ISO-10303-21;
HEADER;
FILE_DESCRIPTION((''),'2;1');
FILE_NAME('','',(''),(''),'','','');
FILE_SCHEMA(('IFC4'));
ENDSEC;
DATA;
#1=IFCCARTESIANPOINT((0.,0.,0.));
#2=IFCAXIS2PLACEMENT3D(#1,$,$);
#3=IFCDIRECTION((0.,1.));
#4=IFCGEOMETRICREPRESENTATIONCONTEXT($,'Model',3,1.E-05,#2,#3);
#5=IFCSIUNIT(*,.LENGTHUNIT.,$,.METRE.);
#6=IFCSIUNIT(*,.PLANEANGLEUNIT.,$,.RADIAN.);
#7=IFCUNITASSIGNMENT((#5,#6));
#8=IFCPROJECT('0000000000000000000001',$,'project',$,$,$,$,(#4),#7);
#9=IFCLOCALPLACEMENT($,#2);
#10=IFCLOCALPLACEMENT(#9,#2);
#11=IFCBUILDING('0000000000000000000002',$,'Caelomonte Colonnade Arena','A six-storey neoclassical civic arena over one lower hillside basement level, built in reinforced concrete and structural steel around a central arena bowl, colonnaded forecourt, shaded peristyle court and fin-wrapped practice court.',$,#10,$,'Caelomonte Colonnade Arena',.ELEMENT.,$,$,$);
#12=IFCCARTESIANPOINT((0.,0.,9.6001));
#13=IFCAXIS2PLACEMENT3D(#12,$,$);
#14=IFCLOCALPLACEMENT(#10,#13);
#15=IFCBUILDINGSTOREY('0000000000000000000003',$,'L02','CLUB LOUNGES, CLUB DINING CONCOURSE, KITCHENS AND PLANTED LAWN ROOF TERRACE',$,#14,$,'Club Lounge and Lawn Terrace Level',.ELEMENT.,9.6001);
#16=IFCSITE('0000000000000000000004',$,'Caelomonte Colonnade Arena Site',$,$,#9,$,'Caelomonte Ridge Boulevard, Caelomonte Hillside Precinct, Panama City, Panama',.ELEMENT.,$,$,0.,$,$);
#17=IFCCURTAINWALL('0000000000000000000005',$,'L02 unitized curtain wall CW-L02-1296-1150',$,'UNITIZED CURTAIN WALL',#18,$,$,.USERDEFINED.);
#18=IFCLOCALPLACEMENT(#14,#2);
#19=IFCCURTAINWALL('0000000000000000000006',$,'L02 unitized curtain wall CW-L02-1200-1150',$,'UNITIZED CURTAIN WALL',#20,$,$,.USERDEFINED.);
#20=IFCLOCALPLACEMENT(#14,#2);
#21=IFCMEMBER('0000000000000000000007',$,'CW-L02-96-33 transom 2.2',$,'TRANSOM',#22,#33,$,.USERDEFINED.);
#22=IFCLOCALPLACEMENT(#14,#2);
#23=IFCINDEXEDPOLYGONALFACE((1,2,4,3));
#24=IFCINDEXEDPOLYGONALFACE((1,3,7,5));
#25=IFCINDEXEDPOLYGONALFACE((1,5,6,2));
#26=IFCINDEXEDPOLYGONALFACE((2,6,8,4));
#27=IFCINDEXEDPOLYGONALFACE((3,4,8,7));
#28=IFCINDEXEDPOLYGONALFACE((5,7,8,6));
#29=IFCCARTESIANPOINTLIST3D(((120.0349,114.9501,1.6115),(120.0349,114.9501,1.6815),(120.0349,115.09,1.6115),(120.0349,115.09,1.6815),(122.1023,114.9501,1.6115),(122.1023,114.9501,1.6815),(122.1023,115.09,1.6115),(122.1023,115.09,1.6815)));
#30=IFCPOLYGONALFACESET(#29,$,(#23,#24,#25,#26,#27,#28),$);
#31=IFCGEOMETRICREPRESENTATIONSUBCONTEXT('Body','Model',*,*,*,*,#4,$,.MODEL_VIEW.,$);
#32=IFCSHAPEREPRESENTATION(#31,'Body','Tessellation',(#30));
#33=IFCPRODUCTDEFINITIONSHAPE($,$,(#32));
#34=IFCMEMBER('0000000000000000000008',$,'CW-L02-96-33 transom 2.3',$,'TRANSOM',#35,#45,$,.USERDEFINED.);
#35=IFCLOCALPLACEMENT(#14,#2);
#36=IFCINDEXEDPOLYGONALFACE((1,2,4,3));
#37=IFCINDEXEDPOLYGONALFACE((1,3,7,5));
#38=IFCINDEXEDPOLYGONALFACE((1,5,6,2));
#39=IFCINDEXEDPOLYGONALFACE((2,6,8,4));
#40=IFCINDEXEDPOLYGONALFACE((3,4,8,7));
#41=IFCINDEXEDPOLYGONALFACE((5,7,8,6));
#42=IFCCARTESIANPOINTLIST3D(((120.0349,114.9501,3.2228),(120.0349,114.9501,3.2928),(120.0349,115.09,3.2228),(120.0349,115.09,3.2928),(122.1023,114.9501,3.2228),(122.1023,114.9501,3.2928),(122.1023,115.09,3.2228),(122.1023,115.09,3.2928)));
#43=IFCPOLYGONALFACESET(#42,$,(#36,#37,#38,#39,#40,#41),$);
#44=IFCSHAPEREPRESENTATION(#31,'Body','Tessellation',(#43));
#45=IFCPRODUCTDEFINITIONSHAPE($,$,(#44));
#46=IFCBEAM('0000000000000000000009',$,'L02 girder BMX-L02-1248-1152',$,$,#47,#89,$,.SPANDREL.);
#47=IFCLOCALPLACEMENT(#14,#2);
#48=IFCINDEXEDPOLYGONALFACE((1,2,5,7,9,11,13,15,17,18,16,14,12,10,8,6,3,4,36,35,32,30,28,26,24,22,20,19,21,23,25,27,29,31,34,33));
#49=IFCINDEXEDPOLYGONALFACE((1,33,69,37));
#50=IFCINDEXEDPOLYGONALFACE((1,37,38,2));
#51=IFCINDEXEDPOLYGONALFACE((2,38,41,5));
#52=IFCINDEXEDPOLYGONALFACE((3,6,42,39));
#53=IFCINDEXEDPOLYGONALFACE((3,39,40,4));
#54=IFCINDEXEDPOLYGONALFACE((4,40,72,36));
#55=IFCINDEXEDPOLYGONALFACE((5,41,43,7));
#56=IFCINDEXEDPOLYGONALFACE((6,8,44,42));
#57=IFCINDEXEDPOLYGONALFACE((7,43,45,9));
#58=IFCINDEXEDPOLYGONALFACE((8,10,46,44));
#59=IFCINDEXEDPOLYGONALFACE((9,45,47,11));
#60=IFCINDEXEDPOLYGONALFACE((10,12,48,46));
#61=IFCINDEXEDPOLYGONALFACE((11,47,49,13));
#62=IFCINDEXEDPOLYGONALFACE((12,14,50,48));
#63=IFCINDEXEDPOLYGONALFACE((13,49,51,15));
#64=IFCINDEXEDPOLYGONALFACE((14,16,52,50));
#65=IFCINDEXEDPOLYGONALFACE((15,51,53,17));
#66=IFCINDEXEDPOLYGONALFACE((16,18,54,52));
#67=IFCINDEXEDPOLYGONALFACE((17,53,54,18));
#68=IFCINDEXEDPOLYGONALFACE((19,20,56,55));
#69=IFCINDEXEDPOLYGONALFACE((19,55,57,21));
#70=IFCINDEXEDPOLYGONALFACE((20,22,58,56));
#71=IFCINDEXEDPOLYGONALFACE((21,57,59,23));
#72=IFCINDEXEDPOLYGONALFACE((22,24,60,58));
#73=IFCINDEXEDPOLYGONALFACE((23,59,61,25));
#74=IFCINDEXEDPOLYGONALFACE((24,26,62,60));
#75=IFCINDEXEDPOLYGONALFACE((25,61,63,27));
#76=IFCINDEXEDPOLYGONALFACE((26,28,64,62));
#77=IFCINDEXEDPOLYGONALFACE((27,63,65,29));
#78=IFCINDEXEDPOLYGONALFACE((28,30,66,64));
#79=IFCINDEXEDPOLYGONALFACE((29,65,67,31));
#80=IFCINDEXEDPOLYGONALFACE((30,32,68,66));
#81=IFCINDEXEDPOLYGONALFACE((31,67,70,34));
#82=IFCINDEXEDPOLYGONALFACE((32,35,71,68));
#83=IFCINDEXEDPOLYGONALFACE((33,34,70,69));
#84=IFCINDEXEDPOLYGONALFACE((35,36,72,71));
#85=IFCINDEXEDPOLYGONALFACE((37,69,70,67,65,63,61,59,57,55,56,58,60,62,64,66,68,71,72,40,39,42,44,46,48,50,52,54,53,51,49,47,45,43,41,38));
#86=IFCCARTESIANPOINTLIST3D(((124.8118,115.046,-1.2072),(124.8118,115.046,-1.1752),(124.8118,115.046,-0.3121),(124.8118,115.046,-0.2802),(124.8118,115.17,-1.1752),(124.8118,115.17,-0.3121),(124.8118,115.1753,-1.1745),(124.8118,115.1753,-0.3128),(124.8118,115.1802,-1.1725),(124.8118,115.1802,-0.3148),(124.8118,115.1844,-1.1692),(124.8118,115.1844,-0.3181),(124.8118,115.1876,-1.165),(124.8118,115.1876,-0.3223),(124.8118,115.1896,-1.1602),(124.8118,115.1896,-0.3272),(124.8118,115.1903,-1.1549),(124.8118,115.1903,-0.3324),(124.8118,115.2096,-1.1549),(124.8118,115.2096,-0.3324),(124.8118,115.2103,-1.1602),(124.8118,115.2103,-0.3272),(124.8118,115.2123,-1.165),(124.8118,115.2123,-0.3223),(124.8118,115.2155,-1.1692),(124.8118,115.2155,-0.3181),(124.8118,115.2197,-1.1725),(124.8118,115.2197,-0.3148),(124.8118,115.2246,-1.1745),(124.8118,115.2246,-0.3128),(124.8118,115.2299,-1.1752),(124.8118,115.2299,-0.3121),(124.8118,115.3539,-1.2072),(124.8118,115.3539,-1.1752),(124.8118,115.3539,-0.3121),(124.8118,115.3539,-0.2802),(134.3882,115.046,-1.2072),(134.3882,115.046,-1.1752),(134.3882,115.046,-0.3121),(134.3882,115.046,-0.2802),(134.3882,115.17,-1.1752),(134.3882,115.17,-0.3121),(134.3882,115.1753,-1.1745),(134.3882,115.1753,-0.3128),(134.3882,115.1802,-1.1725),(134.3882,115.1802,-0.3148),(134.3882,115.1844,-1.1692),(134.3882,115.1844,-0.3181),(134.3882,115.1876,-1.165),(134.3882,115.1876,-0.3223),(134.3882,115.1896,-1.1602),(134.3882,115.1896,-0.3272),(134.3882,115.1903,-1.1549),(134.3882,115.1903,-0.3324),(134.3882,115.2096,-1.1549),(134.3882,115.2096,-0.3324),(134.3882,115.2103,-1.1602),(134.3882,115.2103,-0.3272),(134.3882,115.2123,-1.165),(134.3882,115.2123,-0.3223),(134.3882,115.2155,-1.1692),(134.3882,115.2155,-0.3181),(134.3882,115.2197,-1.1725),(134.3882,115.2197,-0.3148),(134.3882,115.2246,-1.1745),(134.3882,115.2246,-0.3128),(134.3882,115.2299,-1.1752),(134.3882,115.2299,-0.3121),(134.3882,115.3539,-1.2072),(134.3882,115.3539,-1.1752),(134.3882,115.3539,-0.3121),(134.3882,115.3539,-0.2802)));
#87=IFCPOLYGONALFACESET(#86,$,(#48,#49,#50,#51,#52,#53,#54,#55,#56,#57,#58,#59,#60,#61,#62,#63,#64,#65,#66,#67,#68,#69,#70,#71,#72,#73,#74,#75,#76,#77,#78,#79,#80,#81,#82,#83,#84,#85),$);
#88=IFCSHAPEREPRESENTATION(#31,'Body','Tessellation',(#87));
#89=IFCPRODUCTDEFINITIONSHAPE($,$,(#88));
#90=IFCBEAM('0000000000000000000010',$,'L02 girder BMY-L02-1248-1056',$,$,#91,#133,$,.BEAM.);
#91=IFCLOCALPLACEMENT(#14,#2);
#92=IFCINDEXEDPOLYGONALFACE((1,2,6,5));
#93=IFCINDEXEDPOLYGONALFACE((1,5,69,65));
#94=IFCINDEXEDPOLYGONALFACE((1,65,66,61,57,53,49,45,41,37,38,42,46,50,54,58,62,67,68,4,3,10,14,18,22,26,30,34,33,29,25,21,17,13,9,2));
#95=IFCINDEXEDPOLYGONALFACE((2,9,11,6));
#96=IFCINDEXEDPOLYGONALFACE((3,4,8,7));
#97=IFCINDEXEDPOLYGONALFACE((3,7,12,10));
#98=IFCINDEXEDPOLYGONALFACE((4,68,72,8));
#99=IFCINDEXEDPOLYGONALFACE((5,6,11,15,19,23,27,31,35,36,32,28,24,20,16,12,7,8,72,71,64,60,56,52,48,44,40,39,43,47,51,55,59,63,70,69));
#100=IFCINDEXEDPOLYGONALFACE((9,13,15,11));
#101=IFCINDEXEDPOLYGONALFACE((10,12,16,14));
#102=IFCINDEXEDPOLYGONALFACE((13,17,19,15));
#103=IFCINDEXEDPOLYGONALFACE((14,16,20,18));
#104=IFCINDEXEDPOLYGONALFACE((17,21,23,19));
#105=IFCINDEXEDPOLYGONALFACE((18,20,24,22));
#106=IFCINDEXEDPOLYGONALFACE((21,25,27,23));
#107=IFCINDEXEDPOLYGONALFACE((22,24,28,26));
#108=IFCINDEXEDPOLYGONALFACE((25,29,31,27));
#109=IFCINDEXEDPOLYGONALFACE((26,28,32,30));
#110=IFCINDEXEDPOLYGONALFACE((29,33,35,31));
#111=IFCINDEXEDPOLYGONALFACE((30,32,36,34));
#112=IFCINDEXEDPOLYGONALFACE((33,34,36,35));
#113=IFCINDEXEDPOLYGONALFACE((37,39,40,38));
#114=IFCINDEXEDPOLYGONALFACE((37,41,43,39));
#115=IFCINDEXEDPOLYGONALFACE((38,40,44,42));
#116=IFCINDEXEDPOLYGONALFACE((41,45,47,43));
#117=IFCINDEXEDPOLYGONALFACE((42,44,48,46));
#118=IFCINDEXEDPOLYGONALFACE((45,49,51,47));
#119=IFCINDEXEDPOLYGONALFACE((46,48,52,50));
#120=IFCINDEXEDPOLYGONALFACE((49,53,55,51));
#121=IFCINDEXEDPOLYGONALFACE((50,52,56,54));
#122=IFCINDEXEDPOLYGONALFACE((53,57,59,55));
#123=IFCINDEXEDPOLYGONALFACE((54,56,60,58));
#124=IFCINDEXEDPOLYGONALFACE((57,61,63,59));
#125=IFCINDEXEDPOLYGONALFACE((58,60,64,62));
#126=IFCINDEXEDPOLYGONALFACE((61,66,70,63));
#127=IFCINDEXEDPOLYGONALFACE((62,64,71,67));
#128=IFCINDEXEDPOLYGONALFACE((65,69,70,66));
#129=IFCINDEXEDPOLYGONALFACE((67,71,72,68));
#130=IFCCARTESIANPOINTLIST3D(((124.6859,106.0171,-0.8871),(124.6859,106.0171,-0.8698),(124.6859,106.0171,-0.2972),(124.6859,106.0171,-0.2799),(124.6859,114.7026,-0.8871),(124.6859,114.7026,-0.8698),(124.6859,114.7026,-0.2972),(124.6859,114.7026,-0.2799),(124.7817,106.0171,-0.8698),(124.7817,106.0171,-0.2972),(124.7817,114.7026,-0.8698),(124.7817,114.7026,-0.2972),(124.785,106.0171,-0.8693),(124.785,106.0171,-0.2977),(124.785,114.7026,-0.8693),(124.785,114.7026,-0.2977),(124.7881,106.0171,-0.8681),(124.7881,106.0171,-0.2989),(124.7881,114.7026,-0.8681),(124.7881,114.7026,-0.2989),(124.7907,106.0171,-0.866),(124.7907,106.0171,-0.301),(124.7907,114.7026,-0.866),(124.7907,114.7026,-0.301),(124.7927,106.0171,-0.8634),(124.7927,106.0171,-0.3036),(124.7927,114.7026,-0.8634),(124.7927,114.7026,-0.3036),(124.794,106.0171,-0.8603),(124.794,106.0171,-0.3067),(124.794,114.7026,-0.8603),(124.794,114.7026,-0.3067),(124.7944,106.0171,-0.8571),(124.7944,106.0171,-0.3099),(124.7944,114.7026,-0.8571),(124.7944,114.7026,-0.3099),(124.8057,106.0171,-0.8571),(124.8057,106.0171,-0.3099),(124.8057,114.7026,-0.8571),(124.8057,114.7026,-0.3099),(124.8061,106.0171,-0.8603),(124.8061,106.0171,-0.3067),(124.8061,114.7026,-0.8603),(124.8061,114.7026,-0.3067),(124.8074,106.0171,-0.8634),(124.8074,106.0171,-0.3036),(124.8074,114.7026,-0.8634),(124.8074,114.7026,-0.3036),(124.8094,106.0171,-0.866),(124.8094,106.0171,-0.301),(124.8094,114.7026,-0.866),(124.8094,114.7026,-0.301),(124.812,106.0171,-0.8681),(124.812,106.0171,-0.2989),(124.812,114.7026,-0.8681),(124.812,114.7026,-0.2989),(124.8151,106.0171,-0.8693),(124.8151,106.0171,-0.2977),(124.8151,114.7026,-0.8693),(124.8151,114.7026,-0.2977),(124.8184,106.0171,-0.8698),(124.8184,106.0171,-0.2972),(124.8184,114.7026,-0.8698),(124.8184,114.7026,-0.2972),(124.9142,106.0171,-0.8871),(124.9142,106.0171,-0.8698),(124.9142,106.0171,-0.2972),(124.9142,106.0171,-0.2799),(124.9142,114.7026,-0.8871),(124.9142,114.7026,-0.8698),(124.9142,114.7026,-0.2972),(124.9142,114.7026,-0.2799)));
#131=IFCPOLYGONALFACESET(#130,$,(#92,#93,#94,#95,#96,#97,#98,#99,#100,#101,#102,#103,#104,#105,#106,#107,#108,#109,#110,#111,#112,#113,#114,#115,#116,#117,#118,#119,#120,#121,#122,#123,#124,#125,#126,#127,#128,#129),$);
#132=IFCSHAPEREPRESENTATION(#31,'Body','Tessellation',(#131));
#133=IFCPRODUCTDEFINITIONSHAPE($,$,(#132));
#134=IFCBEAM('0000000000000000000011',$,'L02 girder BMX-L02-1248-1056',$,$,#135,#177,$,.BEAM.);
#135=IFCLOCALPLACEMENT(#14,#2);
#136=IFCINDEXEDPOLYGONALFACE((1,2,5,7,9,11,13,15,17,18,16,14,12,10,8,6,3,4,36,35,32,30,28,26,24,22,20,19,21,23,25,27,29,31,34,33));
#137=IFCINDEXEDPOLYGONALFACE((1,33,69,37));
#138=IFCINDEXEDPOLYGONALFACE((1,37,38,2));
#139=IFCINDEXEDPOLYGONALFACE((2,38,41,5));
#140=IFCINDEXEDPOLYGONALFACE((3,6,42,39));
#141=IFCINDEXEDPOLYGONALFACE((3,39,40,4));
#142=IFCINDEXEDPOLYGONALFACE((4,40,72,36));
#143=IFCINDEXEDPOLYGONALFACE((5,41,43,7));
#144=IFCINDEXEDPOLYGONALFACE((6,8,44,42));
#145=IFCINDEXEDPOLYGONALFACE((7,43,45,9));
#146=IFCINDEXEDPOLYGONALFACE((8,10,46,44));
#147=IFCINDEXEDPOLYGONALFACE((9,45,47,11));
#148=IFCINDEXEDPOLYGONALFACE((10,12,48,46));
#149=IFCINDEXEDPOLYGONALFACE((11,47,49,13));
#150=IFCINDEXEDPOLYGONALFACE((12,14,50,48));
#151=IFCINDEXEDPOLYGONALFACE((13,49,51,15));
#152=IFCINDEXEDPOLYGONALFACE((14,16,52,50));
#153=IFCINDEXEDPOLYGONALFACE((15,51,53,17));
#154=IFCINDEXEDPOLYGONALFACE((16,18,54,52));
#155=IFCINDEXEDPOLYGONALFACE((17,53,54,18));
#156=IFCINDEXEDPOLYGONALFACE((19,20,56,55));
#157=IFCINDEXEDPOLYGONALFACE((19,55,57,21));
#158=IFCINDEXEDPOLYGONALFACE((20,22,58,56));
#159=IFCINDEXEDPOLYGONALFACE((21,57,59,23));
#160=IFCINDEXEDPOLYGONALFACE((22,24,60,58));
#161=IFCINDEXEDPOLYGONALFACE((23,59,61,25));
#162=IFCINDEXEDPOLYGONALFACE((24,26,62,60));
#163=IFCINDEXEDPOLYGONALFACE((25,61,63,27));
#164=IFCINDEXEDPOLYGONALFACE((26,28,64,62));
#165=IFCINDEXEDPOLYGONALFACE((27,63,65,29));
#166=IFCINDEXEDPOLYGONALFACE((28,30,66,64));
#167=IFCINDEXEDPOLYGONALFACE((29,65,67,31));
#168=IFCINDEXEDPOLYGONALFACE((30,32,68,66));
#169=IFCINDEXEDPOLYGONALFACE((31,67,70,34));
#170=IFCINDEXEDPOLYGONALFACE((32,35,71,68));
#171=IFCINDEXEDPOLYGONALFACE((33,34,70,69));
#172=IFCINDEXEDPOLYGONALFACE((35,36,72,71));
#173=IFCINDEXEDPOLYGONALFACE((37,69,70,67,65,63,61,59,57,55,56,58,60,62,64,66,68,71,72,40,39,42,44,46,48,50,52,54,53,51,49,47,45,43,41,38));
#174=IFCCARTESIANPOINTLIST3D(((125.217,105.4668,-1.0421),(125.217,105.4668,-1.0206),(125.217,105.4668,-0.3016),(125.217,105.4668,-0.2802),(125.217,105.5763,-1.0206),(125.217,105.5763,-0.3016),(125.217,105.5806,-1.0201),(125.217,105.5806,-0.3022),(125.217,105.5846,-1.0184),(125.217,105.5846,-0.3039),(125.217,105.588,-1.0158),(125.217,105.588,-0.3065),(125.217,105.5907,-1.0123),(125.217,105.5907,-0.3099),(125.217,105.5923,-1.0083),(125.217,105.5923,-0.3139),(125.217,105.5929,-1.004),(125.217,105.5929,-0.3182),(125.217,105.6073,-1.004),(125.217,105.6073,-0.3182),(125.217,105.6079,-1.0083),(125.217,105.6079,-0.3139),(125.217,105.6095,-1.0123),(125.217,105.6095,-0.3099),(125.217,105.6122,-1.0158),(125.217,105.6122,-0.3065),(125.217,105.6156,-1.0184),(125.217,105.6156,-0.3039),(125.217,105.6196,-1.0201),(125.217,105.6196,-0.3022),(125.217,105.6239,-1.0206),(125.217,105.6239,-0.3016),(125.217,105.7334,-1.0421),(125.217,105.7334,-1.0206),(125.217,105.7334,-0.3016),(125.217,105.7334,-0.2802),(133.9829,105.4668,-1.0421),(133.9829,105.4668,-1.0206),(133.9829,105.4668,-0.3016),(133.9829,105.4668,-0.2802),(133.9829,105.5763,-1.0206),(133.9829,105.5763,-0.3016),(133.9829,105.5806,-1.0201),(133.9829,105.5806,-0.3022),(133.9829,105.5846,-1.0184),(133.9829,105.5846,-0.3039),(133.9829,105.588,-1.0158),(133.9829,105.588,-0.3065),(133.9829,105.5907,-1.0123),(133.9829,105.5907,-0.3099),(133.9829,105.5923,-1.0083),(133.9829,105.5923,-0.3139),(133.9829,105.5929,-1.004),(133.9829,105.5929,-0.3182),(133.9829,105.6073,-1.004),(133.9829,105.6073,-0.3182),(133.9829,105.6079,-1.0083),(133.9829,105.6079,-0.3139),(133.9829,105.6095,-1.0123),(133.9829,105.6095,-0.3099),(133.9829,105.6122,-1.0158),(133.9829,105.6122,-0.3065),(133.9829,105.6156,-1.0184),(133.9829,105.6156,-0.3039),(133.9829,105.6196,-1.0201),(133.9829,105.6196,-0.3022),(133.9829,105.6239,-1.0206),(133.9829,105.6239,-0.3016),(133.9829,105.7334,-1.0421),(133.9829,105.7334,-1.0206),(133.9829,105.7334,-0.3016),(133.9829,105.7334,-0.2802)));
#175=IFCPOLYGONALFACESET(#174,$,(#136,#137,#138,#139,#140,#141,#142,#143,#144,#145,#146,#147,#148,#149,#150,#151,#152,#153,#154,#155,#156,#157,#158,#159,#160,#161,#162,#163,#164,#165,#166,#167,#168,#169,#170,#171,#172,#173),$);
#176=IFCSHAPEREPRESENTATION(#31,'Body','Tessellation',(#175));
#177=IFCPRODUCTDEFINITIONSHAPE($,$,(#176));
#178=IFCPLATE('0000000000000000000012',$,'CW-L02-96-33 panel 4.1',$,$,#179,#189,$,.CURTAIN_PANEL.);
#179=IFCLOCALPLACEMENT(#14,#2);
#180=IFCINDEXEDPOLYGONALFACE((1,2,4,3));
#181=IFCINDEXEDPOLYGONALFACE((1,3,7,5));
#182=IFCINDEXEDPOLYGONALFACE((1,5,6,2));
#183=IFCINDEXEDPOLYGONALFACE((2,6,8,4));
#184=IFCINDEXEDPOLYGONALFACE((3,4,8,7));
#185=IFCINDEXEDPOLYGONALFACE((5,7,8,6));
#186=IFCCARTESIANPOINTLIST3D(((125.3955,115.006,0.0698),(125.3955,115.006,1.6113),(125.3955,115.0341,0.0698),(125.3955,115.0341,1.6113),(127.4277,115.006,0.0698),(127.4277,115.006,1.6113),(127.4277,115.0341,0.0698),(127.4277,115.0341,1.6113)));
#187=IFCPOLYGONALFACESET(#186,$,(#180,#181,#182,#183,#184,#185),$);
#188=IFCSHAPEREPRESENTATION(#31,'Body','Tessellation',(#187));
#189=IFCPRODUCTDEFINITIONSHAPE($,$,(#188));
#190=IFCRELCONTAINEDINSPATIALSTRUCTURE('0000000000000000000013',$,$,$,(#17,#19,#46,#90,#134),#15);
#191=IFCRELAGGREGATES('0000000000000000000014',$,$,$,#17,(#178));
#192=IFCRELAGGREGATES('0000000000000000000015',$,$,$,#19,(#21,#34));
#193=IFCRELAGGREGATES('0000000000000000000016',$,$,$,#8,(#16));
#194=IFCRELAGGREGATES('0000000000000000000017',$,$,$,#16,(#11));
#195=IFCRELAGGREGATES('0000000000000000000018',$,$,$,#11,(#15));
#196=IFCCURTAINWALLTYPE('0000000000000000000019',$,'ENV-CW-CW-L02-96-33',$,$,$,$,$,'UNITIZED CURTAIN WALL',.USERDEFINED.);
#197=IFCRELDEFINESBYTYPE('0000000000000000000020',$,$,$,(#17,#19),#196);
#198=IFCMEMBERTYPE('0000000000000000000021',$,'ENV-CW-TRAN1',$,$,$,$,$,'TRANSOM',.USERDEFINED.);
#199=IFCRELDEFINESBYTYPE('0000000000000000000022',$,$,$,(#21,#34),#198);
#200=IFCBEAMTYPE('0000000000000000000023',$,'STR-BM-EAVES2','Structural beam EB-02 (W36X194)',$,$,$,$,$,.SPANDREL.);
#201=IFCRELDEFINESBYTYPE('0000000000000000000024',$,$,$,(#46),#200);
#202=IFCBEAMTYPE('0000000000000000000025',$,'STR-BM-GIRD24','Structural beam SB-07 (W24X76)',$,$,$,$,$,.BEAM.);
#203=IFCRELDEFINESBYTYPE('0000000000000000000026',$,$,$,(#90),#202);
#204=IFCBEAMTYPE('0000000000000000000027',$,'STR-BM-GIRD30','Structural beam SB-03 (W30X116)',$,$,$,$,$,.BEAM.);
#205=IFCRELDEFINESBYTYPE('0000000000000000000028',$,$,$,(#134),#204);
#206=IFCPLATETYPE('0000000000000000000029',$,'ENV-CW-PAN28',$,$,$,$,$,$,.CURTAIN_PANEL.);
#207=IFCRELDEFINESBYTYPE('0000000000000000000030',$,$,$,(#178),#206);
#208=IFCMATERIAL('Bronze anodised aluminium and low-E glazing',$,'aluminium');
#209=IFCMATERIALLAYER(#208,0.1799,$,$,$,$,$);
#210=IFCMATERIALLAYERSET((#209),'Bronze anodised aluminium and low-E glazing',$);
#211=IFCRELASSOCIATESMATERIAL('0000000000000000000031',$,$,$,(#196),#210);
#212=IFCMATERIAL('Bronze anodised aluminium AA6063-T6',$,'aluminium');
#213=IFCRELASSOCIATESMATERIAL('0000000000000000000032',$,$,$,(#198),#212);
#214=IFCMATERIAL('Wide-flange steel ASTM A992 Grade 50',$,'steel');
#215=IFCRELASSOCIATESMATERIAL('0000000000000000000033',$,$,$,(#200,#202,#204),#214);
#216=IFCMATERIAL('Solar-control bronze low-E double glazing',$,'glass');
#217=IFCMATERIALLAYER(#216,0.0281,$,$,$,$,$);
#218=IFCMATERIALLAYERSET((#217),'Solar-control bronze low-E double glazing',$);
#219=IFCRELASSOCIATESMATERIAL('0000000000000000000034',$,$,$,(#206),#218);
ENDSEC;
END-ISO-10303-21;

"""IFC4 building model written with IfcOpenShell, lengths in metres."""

from ifc_helpers import new_model, si_unit, direction, frame, origin, origin_2d, place, context, subcontext, project, spatial, rectangle, i_section, extrude, material, layer, layer_set, material_profile, profile_set, type_object, element, aggregate, save


model = new_model("IFC4")

# Units and contexts
model_context = context("Model", 3, precision=1e-05, world=origin(), true_north=direction((0.0, 1.0)))
body_context = subcontext(model_context, "Body", "Model", "MODEL_VIEW")
ifc_project = project(units=[si_unit("LENGTHUNIT", "METRE"), si_unit("PLANEANGLEUNIT", "RADIAN")], contexts=[model_context])

# Site, building, storey
site_placement = place(None, origin())
site = spatial("IfcSite", under=ifc_project, at=site_placement, Name="Caelomonte Colonnade Arena Site", LongName="Caelomonte Ridge Boulevard, Caelomonte Hillside Precinct, Panama City, Panama", CompositionType="ELEMENT", RefElevation=0.0)
building_placement = place(site_placement, origin())
building = spatial("IfcBuilding", under=site, at=building_placement, Name="Caelomonte Colonnade Arena", Description="A six-storey neoclassical civic arena over one lower hillside basement level, built in reinforced concrete and structural steel around a central arena bowl, colonnaded forecourt, shaded peristyle court and fin-wrapped practice court.", LongName="Caelomonte Colonnade Arena", CompositionType="ELEMENT")
storey_placement = place(building_placement, frame((0.0, 0.0, 9.6001)))
storey = spatial("IfcBuildingStorey", under=building, at=storey_placement, Name="L02", Description="CLUB LOUNGES, CLUB DINING CONCOURSE, KITCHENS AND PLANTED LAWN ROOF TERRACE", LongName="Club Lounge and Lawn Terrace Level", CompositionType="ELEMENT", Elevation=9.6001)

# Shared definitions
ifc_material_1 = material(Name="Wide-flange steel ASTM A992 Grade 50", Category="steel")

# Curtain wall
ifc_material_2 = material(Name="Bronze anodised aluminium and low-E glazing", Category="aluminium")
ifc_layer_1 = layer(ifc_material_2, 0.1799)
ifc_layer_set_1 = layer_set([ifc_layer_1], Name="Bronze anodised aluminium and low-E glazing")
curtain_wall_type = type_object("IfcCurtainWallType", Name="ENV-CW-CW-L02-96-33", ElementType="UNITIZED CURTAIN WALL", PredefinedType="USERDEFINED", material=ifc_layer_set_1)
curtain_wall_1_placement = place(storey_placement, origin())
curtain_wall_1 = element("IfcCurtainWall", 1, at=curtain_wall_1_placement, inside=storey, type_object=curtain_wall_type, Name="L02 unitized curtain wall CW-L02-1296-1150", ObjectType="UNITIZED CURTAIN WALL", PredefinedType="USERDEFINED")
ifc_material_3 = material(Name="Bronze anodised aluminium AA6063-T6", Category="aluminium")

# Curtain wall
curtain_wall_2_placement = place(storey_placement, origin())
curtain_wall_2 = element("IfcCurtainWall", 2, at=curtain_wall_2_placement, inside=storey, type_object=curtain_wall_type, Name="L02 unitized curtain wall CW-L02-1200-1150", ObjectType="UNITIZED CURTAIN WALL", PredefinedType="USERDEFINED")

# Members
ifc_material_profile_1 = material_profile(ifc_material_3, rectangle(XDim=0.0701, YDim=0.1399, at=origin_2d()), Name="CWT-70X140")
ifc_profile_set_1 = profile_set([ifc_material_profile_1], Name="Bronze anodised aluminium AA6063-T6")
member_type_1 = type_object("IfcMemberType", Name="ENV-CW-TRAN1", ElementType="TRANSOM", PredefinedType="USERDEFINED", material=ifc_profile_set_1)
member_1_placement = place(storey_placement, frame((122.1023, 115.02, 1.6465), z_axis=(-1.0, 0.0, 0.0), x_axis=(0.0, 0.0, 1.0)))
member_1 = element("IfcMember", 3, at=member_1_placement, type_object=member_type_1, Name="CW-L02-96-33 transom 2.2", ObjectType="TRANSOM", PredefinedType="USERDEFINED", context=body_context, shape_type="SweptSolid", body=[
    extrude(rectangle(XDim=0.0701, YDim=0.1399, at=origin_2d()), origin(), (0.0, 0.0, 1.0), 2.0674),
])
member_2_placement = place(storey_placement, frame((122.1023, 115.02, 3.2578), z_axis=(-1.0, 0.0, 0.0), x_axis=(0.0, 0.0, 1.0)))
member_2 = element("IfcMember", 4, at=member_2_placement, type_object=member_type_1, Name="CW-L02-96-33 transom 2.3", ObjectType="TRANSOM", PredefinedType="USERDEFINED", context=body_context, shape_type="SweptSolid", body=[
    extrude(rectangle(XDim=0.0701, YDim=0.1399, at=origin_2d()), origin(), (0.0, 0.0, 1.0), 2.0674),
])

# Beams
ifc_material_profile_2 = material_profile(ifc_material_1, i_section(OverallWidth=0.3079, OverallDepth=0.927, WebThickness=0.0193, FlangeThickness=0.032, FilletRadius=0.0203, at=origin_2d()), Name="W36X194")
ifc_profile_set_2 = profile_set([ifc_material_profile_2], Name="Wide-flange steel ASTM A992 Grade 50")
beam_type_1 = type_object("IfcBeamType", Name="STR-BM-EAVES2", Description="Structural beam EB-02 (W36X194)", PredefinedType="SPANDREL", material=ifc_profile_set_2)
beam_1_placement = place(storey_placement, frame((124.8118, 115.2, -0.7437), z_axis=(1.0, 0.0, 0.0), x_axis=(0.0, 1.0, 0.0)))
element("IfcBeam", 5, at=beam_1_placement, inside=storey, type_object=beam_type_1, Name="L02 girder BMX-L02-1248-1152", PredefinedType="SPANDREL", context=body_context, shape_type="SweptSolid", body=[
    extrude(i_section(OverallWidth=0.3079, OverallDepth=0.927, WebThickness=0.0193, FlangeThickness=0.032, FilletRadius=0.0203, at=origin_2d()), origin(), (0.0, 0.0, 1.0), 9.5764),
])
ifc_material_profile_3 = material_profile(ifc_material_1, i_section(OverallWidth=0.2283, OverallDepth=0.6072, WebThickness=0.0112, FlangeThickness=0.0173, FilletRadius=0.0127, at=origin_2d()), Name="W24X76")
ifc_profile_set_3 = profile_set([ifc_material_profile_3], Name="Wide-flange steel ASTM A992 Grade 50")
beam_type_2 = type_object("IfcBeamType", Name="STR-BM-GIRD24", Description="Structural beam SB-07 (W24X76)", PredefinedType="BEAM", material=ifc_profile_set_3)
beam_2_placement = place(storey_placement, frame((124.8, 106.0171, -0.5835), z_axis=(0.0, 1.0, 0.0), x_axis=(-1.0, 0.0, 0.0)))
element("IfcBeam", 6, at=beam_2_placement, inside=storey, type_object=beam_type_2, Name="L02 girder BMY-L02-1248-1056", PredefinedType="BEAM", context=body_context, shape_type="SweptSolid", body=[
    extrude(i_section(OverallWidth=0.2283, OverallDepth=0.6072, WebThickness=0.0112, FlangeThickness=0.0173, FilletRadius=0.0127, at=origin_2d()), origin(), (0.0, 0.0, 1.0), 8.6855),
])
ifc_material_profile_4 = material_profile(ifc_material_1, i_section(OverallWidth=0.2666, OverallDepth=0.762, WebThickness=0.0144, FlangeThickness=0.0215, FilletRadius=0.0166, at=origin_2d()), Name="W30X116")
ifc_profile_set_4 = profile_set([ifc_material_profile_4], Name="Wide-flange steel ASTM A992 Grade 50")
beam_type_3 = type_object("IfcBeamType", Name="STR-BM-GIRD30", Description="Structural beam SB-03 (W30X116)", PredefinedType="BEAM", material=ifc_profile_set_4)
beam_3_placement = place(storey_placement, frame((125.217, 105.6001, -0.6611), z_axis=(1.0, 0.0, 0.0), x_axis=(0.0, 1.0, 0.0)))
element("IfcBeam", 7, at=beam_3_placement, inside=storey, type_object=beam_type_3, Name="L02 girder BMX-L02-1248-1056", PredefinedType="BEAM", context=body_context, shape_type="SweptSolid", body=[
    extrude(i_section(OverallWidth=0.2666, OverallDepth=0.762, WebThickness=0.0144, FlangeThickness=0.0215, FilletRadius=0.0166, at=origin_2d()), origin(), (0.0, 0.0, 1.0), 8.7659),
])

# Plate
ifc_material_4 = material(Name="Solar-control bronze low-E double glazing", Category="glass")
ifc_layer_2 = layer(ifc_material_4, 0.0281)
ifc_layer_set_2 = layer_set([ifc_layer_2], Name="Solar-control bronze low-E double glazing")
plate_type = type_object("IfcPlateType", Name="ENV-CW-PAN28", PredefinedType="CURTAIN_PANEL", material=ifc_layer_set_2)
plate_1_placement = place(storey_placement, frame((126.4116, 115.02, 0.0698), z_axis=(0.0, 0.0, 1.0), x_axis=(-1.0, 0.0, 0.0)))
plate_1 = element("IfcPlate", 8, at=plate_1_placement, type_object=plate_type, Name="CW-L02-96-33 panel 4.1", PredefinedType="CURTAIN_PANEL", context=body_context, shape_type="SweptSolid", body=[
    extrude(rectangle(XDim=2.0322, YDim=0.0281, at=origin_2d()), origin(), (0.0, 0.0, 1.0), 1.5415),
])
aggregate(curtain_wall_1, [plate_1])
aggregate(curtain_wall_2, [member_1, member_2])

save(model, "model.ifc")
